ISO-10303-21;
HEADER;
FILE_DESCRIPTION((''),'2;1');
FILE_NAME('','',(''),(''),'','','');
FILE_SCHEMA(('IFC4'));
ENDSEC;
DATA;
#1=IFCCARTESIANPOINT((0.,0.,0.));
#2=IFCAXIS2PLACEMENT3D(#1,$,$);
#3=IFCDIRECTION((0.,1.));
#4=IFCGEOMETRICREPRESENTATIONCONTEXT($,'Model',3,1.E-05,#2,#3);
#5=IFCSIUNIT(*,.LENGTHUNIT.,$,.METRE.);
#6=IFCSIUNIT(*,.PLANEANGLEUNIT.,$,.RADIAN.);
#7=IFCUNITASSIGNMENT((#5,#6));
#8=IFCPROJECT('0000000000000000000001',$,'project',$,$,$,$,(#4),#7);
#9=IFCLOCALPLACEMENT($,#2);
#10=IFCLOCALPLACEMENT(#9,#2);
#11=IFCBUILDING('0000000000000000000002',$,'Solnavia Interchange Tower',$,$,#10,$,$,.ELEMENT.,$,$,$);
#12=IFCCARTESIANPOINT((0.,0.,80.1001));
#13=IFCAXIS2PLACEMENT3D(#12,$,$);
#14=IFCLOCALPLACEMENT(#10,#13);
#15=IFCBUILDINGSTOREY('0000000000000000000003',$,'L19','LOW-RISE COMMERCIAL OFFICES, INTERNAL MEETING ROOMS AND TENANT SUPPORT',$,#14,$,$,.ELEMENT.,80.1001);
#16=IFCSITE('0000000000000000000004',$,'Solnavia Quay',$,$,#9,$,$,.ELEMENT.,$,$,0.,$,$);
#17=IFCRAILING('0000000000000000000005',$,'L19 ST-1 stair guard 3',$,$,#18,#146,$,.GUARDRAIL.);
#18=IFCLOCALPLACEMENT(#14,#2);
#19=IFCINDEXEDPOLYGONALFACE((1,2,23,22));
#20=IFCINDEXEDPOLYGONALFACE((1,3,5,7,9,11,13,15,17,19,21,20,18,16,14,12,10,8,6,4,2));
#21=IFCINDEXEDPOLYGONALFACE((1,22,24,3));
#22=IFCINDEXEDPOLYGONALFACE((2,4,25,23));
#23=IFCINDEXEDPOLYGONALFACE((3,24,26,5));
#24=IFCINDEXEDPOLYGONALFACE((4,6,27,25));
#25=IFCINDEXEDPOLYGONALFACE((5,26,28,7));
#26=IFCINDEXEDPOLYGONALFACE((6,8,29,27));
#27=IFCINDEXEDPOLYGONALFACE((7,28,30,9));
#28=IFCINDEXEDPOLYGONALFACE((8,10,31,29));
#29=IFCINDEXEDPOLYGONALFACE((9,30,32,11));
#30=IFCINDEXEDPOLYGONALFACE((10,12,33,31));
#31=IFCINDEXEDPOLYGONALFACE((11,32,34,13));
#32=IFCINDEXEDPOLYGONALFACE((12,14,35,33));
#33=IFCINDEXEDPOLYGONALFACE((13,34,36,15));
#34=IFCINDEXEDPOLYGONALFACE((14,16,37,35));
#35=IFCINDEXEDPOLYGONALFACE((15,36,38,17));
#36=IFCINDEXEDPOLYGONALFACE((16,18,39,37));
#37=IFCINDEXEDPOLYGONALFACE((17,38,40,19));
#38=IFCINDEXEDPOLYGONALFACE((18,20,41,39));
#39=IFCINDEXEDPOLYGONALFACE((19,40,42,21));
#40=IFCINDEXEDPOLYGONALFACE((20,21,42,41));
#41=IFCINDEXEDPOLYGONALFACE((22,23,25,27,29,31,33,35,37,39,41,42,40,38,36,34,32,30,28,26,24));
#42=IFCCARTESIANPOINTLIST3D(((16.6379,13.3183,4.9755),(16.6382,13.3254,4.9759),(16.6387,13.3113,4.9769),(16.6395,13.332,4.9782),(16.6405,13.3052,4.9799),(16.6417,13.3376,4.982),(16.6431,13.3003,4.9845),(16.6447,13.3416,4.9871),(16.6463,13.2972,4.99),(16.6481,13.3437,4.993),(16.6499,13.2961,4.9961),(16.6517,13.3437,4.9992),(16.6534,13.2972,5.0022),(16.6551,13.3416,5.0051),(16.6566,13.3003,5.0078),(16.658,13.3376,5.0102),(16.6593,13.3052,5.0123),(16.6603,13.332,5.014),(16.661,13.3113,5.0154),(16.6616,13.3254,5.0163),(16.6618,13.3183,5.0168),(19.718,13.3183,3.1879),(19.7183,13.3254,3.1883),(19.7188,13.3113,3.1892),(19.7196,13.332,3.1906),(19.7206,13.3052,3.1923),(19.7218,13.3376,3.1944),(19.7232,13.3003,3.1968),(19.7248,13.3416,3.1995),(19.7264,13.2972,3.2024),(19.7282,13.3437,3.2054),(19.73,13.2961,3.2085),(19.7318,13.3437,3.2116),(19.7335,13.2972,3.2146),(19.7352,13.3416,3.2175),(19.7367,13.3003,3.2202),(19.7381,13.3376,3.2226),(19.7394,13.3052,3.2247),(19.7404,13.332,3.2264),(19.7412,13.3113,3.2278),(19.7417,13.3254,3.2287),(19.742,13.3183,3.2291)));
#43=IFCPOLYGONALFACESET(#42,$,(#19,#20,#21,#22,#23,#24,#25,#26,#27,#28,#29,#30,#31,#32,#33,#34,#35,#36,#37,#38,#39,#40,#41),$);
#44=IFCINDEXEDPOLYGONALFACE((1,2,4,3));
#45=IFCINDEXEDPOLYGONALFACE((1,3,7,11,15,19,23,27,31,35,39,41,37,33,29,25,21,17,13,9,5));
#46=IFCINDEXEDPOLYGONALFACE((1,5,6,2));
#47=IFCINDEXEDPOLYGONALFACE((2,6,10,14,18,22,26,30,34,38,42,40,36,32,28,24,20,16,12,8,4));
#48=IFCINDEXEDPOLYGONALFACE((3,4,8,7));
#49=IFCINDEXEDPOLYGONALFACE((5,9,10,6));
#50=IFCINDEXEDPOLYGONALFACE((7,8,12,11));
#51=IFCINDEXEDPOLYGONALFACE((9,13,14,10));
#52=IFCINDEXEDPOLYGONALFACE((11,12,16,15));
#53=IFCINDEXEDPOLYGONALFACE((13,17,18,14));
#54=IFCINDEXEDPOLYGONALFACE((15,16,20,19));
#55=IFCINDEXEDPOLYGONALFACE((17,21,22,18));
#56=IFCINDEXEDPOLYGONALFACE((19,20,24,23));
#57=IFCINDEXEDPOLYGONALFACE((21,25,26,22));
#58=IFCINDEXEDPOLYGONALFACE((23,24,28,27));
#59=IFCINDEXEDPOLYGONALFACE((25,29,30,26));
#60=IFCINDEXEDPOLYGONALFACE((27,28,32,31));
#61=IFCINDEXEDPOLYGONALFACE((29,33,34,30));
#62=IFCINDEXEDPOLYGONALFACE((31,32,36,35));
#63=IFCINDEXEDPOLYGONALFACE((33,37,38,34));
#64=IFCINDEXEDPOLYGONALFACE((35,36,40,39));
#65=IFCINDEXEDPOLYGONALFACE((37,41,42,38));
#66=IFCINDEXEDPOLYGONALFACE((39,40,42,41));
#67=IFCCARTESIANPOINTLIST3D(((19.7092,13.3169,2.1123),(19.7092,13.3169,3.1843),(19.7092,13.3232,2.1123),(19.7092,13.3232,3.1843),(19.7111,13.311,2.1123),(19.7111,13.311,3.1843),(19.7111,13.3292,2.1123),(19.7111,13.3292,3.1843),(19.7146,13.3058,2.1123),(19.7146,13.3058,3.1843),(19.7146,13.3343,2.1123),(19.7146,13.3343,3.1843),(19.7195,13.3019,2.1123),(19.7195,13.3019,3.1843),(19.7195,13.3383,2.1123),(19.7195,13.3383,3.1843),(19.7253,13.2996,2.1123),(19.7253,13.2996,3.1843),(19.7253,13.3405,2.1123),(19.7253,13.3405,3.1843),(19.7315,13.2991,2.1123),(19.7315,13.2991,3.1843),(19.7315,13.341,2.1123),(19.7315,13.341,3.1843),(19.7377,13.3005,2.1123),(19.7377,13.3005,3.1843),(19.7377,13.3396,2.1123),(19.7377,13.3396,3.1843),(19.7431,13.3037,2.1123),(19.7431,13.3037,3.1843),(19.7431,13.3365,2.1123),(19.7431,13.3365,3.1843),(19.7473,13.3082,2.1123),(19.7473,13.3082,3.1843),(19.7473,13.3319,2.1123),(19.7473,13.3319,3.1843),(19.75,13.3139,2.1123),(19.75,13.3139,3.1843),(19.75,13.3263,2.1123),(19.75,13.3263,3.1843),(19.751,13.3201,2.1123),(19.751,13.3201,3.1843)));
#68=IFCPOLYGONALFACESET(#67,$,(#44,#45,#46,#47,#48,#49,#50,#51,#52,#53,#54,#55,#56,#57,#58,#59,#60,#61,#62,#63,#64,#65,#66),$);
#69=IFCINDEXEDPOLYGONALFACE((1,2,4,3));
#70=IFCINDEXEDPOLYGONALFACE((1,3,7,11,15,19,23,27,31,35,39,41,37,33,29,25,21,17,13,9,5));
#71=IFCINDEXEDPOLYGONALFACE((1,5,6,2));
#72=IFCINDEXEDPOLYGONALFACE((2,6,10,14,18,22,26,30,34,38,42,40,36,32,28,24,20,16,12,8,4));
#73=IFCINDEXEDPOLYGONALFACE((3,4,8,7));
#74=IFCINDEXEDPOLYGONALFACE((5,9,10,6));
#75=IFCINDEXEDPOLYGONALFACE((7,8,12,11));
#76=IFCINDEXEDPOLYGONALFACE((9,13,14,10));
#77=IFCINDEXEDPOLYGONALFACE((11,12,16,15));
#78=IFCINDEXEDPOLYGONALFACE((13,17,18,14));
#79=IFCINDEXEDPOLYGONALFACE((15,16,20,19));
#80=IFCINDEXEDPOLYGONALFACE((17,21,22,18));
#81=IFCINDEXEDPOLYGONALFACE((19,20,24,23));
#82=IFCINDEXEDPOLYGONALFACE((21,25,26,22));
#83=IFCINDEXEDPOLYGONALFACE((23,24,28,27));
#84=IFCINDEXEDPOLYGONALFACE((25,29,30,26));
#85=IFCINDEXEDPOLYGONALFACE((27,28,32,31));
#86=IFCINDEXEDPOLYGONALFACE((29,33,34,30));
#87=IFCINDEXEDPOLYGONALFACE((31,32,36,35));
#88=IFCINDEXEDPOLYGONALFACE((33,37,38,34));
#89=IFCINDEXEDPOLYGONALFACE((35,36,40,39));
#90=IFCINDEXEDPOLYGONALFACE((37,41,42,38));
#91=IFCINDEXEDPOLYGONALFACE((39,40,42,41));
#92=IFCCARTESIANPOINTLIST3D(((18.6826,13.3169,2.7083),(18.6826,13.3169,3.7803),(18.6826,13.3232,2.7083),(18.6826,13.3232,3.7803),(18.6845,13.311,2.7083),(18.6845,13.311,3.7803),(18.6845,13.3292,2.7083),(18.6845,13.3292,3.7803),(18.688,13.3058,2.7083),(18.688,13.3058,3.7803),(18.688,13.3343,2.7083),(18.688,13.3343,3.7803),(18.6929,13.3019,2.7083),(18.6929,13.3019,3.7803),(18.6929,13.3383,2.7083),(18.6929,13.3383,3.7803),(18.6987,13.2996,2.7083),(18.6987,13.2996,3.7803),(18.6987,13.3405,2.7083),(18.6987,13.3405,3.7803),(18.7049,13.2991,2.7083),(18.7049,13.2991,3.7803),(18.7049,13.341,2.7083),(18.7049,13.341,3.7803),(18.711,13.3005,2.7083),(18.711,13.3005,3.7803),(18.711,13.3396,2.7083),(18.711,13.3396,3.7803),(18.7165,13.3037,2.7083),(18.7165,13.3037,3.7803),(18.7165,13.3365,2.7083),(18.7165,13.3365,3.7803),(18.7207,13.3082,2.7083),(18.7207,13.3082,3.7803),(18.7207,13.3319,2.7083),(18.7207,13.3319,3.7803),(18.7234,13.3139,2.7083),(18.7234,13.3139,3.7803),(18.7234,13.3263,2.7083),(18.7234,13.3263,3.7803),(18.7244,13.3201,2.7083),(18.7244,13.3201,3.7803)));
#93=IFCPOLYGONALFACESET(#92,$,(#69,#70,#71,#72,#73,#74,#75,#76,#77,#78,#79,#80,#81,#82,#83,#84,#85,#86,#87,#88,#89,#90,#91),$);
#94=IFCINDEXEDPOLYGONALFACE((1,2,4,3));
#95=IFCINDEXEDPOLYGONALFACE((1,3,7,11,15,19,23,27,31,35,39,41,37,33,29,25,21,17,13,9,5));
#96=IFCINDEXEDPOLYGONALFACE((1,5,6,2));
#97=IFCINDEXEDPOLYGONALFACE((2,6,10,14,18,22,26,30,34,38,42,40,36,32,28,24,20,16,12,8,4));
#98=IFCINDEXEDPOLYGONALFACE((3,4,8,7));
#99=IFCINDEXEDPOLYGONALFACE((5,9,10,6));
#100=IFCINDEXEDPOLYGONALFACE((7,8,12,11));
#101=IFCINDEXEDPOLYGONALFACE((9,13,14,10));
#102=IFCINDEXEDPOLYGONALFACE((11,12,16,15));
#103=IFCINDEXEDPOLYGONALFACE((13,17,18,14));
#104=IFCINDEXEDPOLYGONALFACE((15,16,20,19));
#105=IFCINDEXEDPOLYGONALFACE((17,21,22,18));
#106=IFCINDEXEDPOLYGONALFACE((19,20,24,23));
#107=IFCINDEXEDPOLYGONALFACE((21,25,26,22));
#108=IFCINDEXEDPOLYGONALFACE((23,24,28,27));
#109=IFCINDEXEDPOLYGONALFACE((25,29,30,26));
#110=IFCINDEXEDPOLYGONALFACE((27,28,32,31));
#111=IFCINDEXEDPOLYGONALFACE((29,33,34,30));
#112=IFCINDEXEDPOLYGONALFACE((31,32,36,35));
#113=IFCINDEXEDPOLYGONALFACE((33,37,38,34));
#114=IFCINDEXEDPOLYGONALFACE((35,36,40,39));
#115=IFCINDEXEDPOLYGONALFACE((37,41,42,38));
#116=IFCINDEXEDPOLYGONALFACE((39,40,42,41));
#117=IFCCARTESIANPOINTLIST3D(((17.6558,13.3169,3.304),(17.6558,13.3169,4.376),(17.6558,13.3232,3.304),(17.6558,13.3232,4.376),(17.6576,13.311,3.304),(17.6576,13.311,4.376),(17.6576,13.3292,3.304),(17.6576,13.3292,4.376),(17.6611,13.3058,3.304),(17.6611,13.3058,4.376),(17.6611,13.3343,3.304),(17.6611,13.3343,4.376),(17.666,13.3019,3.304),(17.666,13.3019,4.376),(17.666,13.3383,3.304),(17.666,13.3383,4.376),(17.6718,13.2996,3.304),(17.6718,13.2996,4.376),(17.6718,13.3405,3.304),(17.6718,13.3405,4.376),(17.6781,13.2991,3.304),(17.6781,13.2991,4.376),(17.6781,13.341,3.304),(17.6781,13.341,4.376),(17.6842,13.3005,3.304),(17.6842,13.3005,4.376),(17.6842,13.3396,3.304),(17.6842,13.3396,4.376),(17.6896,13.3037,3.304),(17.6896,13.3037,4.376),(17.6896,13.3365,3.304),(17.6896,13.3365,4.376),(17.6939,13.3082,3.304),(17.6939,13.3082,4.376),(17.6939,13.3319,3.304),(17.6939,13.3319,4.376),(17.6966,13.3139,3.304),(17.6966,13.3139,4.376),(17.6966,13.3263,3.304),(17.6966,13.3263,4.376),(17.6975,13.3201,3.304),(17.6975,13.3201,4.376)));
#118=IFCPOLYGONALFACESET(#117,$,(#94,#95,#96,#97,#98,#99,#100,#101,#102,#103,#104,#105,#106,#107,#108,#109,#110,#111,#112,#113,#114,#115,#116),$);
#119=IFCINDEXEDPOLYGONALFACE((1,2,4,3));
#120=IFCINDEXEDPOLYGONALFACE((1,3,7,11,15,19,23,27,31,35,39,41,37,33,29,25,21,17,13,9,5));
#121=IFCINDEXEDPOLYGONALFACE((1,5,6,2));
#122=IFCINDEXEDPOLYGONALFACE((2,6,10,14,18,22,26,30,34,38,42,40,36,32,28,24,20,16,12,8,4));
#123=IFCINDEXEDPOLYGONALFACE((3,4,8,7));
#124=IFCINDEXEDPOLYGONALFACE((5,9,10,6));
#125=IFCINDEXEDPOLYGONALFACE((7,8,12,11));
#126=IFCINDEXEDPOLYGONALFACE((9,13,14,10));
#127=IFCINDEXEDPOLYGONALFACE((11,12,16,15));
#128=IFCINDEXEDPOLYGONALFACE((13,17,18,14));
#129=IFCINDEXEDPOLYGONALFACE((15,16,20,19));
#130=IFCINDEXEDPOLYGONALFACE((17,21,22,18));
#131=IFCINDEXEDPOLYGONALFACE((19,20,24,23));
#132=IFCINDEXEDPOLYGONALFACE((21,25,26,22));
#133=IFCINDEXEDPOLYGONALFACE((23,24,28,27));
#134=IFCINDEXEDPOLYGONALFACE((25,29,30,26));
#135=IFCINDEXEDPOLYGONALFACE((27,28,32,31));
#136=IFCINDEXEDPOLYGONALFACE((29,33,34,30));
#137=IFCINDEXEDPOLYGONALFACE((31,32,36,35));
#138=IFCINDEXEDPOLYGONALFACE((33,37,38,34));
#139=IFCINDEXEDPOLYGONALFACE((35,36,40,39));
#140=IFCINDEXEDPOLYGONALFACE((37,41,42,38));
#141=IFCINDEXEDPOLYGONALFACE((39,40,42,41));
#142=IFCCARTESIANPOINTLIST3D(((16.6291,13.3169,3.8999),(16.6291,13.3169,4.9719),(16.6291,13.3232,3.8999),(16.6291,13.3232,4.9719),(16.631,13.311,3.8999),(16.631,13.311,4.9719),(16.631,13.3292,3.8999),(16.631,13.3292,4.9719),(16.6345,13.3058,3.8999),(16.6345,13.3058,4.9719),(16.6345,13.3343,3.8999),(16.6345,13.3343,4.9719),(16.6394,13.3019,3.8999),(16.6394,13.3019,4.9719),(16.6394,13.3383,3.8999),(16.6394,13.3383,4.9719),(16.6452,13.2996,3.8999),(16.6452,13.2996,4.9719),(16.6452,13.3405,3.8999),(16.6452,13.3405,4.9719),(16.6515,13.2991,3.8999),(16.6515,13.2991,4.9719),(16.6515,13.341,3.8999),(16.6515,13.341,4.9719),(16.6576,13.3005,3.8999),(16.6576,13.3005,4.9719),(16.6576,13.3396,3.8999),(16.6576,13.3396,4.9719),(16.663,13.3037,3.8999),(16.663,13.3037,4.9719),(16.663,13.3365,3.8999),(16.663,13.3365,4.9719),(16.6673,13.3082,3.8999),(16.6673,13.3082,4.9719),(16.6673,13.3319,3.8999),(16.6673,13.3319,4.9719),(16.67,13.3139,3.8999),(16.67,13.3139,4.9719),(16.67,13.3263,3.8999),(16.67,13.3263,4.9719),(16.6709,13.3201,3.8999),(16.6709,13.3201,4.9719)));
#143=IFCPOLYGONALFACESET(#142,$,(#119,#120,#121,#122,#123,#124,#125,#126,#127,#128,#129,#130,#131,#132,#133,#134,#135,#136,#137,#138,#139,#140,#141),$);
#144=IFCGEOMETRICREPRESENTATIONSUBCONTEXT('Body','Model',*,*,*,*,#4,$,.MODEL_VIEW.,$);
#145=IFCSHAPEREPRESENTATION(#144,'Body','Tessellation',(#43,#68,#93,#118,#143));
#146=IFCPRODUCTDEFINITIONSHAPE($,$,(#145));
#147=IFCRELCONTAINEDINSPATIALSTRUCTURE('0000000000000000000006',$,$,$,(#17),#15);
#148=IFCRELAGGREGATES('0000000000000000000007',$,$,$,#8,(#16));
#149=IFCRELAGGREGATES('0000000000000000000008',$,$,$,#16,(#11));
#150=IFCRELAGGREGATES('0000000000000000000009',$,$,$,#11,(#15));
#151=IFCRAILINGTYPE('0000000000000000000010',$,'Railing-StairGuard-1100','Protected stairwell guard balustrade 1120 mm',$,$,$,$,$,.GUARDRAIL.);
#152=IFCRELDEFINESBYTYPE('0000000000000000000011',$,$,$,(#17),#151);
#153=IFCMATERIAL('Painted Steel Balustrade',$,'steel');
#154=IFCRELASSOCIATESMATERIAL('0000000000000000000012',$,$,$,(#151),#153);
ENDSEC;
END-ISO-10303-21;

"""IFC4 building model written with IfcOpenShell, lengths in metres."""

from ifc_helpers import new_model, si_unit, direction, frame, origin, origin_2d, place, context, subcontext, project, spatial, circle, extrude, material, type_object, element, save


model = new_model("IFC4")

# Units and contexts
model_context = context("Model", 3, precision=1e-05, world=origin(), true_north=direction((0.0, 1.0)))
body_context = subcontext(model_context, "Body", "Model", "MODEL_VIEW")
ifc_project = project(units=[si_unit("LENGTHUNIT", "METRE"), si_unit("PLANEANGLEUNIT", "RADIAN")], contexts=[model_context])

# Site, building, storey
site_placement = place(None, origin())
site = spatial("IfcSite", under=ifc_project, at=site_placement, Name="Solnavia Quay", CompositionType="ELEMENT", RefElevation=0.0)
building_placement = place(site_placement, origin())
building = spatial("IfcBuilding", under=site, at=building_placement, Name="Solnavia Interchange Tower", CompositionType="ELEMENT")
storey_placement = place(building_placement, frame((0.0, 0.0, 80.1001)))
storey = spatial("IfcBuildingStorey", under=building, at=storey_placement, Name="L19", Description="LOW-RISE COMMERCIAL OFFICES, INTERNAL MEETING ROOMS AND TENANT SUPPORT", CompositionType="ELEMENT", Elevation=80.1001)

# Railing
ifc_material_1 = material(Name="Painted Steel Balustrade", Category="steel")
railing_type_1 = type_object("IfcRailingType", Name="Railing-StairGuard-1100", Description="Protected stairwell guard balustrade 1120 mm", PredefinedType="GUARDRAIL", material=ifc_material_1)
railing_1_placement = place(storey_placement, frame((19.73, 13.3201, 2.1123)))
element("IfcRailing", 1, at=railing_1_placement, inside=storey, type_object=railing_type_1, Name="L19 ST-1 stair guard 3", PredefinedType="GUARDRAIL", context=body_context, shape_type="SweptSolid", body=[
    extrude(circle(Radius=0.0239, at=origin_2d()), frame((0.0, 0.0, 1.0962), z_axis=(-0.864891, 0.0, 0.50196), x_axis=(0.0, -1.0, 0.0)), (0.0, 0.0, 1.0), 3.5613),
    extrude(circle(Radius=0.021, at=origin_2d()), origin(), (0.0, 0.0, 1.0), 1.072),
    extrude(circle(Radius=0.021, at=origin_2d()), frame((-1.0266, 0.0, 0.5959)), (0.0, 0.0, 1.0), 1.072),
    extrude(circle(Radius=0.021, at=origin_2d()), frame((-2.0535, 0.0, 1.1917)), (0.0, 0.0, 1.0), 1.072),
    extrude(circle(Radius=0.021, at=origin_2d()), frame((-3.0801, 0.0, 1.7876)), (0.0, 0.0, 1.0), 1.072),
])

save(model, "model.ifc")
